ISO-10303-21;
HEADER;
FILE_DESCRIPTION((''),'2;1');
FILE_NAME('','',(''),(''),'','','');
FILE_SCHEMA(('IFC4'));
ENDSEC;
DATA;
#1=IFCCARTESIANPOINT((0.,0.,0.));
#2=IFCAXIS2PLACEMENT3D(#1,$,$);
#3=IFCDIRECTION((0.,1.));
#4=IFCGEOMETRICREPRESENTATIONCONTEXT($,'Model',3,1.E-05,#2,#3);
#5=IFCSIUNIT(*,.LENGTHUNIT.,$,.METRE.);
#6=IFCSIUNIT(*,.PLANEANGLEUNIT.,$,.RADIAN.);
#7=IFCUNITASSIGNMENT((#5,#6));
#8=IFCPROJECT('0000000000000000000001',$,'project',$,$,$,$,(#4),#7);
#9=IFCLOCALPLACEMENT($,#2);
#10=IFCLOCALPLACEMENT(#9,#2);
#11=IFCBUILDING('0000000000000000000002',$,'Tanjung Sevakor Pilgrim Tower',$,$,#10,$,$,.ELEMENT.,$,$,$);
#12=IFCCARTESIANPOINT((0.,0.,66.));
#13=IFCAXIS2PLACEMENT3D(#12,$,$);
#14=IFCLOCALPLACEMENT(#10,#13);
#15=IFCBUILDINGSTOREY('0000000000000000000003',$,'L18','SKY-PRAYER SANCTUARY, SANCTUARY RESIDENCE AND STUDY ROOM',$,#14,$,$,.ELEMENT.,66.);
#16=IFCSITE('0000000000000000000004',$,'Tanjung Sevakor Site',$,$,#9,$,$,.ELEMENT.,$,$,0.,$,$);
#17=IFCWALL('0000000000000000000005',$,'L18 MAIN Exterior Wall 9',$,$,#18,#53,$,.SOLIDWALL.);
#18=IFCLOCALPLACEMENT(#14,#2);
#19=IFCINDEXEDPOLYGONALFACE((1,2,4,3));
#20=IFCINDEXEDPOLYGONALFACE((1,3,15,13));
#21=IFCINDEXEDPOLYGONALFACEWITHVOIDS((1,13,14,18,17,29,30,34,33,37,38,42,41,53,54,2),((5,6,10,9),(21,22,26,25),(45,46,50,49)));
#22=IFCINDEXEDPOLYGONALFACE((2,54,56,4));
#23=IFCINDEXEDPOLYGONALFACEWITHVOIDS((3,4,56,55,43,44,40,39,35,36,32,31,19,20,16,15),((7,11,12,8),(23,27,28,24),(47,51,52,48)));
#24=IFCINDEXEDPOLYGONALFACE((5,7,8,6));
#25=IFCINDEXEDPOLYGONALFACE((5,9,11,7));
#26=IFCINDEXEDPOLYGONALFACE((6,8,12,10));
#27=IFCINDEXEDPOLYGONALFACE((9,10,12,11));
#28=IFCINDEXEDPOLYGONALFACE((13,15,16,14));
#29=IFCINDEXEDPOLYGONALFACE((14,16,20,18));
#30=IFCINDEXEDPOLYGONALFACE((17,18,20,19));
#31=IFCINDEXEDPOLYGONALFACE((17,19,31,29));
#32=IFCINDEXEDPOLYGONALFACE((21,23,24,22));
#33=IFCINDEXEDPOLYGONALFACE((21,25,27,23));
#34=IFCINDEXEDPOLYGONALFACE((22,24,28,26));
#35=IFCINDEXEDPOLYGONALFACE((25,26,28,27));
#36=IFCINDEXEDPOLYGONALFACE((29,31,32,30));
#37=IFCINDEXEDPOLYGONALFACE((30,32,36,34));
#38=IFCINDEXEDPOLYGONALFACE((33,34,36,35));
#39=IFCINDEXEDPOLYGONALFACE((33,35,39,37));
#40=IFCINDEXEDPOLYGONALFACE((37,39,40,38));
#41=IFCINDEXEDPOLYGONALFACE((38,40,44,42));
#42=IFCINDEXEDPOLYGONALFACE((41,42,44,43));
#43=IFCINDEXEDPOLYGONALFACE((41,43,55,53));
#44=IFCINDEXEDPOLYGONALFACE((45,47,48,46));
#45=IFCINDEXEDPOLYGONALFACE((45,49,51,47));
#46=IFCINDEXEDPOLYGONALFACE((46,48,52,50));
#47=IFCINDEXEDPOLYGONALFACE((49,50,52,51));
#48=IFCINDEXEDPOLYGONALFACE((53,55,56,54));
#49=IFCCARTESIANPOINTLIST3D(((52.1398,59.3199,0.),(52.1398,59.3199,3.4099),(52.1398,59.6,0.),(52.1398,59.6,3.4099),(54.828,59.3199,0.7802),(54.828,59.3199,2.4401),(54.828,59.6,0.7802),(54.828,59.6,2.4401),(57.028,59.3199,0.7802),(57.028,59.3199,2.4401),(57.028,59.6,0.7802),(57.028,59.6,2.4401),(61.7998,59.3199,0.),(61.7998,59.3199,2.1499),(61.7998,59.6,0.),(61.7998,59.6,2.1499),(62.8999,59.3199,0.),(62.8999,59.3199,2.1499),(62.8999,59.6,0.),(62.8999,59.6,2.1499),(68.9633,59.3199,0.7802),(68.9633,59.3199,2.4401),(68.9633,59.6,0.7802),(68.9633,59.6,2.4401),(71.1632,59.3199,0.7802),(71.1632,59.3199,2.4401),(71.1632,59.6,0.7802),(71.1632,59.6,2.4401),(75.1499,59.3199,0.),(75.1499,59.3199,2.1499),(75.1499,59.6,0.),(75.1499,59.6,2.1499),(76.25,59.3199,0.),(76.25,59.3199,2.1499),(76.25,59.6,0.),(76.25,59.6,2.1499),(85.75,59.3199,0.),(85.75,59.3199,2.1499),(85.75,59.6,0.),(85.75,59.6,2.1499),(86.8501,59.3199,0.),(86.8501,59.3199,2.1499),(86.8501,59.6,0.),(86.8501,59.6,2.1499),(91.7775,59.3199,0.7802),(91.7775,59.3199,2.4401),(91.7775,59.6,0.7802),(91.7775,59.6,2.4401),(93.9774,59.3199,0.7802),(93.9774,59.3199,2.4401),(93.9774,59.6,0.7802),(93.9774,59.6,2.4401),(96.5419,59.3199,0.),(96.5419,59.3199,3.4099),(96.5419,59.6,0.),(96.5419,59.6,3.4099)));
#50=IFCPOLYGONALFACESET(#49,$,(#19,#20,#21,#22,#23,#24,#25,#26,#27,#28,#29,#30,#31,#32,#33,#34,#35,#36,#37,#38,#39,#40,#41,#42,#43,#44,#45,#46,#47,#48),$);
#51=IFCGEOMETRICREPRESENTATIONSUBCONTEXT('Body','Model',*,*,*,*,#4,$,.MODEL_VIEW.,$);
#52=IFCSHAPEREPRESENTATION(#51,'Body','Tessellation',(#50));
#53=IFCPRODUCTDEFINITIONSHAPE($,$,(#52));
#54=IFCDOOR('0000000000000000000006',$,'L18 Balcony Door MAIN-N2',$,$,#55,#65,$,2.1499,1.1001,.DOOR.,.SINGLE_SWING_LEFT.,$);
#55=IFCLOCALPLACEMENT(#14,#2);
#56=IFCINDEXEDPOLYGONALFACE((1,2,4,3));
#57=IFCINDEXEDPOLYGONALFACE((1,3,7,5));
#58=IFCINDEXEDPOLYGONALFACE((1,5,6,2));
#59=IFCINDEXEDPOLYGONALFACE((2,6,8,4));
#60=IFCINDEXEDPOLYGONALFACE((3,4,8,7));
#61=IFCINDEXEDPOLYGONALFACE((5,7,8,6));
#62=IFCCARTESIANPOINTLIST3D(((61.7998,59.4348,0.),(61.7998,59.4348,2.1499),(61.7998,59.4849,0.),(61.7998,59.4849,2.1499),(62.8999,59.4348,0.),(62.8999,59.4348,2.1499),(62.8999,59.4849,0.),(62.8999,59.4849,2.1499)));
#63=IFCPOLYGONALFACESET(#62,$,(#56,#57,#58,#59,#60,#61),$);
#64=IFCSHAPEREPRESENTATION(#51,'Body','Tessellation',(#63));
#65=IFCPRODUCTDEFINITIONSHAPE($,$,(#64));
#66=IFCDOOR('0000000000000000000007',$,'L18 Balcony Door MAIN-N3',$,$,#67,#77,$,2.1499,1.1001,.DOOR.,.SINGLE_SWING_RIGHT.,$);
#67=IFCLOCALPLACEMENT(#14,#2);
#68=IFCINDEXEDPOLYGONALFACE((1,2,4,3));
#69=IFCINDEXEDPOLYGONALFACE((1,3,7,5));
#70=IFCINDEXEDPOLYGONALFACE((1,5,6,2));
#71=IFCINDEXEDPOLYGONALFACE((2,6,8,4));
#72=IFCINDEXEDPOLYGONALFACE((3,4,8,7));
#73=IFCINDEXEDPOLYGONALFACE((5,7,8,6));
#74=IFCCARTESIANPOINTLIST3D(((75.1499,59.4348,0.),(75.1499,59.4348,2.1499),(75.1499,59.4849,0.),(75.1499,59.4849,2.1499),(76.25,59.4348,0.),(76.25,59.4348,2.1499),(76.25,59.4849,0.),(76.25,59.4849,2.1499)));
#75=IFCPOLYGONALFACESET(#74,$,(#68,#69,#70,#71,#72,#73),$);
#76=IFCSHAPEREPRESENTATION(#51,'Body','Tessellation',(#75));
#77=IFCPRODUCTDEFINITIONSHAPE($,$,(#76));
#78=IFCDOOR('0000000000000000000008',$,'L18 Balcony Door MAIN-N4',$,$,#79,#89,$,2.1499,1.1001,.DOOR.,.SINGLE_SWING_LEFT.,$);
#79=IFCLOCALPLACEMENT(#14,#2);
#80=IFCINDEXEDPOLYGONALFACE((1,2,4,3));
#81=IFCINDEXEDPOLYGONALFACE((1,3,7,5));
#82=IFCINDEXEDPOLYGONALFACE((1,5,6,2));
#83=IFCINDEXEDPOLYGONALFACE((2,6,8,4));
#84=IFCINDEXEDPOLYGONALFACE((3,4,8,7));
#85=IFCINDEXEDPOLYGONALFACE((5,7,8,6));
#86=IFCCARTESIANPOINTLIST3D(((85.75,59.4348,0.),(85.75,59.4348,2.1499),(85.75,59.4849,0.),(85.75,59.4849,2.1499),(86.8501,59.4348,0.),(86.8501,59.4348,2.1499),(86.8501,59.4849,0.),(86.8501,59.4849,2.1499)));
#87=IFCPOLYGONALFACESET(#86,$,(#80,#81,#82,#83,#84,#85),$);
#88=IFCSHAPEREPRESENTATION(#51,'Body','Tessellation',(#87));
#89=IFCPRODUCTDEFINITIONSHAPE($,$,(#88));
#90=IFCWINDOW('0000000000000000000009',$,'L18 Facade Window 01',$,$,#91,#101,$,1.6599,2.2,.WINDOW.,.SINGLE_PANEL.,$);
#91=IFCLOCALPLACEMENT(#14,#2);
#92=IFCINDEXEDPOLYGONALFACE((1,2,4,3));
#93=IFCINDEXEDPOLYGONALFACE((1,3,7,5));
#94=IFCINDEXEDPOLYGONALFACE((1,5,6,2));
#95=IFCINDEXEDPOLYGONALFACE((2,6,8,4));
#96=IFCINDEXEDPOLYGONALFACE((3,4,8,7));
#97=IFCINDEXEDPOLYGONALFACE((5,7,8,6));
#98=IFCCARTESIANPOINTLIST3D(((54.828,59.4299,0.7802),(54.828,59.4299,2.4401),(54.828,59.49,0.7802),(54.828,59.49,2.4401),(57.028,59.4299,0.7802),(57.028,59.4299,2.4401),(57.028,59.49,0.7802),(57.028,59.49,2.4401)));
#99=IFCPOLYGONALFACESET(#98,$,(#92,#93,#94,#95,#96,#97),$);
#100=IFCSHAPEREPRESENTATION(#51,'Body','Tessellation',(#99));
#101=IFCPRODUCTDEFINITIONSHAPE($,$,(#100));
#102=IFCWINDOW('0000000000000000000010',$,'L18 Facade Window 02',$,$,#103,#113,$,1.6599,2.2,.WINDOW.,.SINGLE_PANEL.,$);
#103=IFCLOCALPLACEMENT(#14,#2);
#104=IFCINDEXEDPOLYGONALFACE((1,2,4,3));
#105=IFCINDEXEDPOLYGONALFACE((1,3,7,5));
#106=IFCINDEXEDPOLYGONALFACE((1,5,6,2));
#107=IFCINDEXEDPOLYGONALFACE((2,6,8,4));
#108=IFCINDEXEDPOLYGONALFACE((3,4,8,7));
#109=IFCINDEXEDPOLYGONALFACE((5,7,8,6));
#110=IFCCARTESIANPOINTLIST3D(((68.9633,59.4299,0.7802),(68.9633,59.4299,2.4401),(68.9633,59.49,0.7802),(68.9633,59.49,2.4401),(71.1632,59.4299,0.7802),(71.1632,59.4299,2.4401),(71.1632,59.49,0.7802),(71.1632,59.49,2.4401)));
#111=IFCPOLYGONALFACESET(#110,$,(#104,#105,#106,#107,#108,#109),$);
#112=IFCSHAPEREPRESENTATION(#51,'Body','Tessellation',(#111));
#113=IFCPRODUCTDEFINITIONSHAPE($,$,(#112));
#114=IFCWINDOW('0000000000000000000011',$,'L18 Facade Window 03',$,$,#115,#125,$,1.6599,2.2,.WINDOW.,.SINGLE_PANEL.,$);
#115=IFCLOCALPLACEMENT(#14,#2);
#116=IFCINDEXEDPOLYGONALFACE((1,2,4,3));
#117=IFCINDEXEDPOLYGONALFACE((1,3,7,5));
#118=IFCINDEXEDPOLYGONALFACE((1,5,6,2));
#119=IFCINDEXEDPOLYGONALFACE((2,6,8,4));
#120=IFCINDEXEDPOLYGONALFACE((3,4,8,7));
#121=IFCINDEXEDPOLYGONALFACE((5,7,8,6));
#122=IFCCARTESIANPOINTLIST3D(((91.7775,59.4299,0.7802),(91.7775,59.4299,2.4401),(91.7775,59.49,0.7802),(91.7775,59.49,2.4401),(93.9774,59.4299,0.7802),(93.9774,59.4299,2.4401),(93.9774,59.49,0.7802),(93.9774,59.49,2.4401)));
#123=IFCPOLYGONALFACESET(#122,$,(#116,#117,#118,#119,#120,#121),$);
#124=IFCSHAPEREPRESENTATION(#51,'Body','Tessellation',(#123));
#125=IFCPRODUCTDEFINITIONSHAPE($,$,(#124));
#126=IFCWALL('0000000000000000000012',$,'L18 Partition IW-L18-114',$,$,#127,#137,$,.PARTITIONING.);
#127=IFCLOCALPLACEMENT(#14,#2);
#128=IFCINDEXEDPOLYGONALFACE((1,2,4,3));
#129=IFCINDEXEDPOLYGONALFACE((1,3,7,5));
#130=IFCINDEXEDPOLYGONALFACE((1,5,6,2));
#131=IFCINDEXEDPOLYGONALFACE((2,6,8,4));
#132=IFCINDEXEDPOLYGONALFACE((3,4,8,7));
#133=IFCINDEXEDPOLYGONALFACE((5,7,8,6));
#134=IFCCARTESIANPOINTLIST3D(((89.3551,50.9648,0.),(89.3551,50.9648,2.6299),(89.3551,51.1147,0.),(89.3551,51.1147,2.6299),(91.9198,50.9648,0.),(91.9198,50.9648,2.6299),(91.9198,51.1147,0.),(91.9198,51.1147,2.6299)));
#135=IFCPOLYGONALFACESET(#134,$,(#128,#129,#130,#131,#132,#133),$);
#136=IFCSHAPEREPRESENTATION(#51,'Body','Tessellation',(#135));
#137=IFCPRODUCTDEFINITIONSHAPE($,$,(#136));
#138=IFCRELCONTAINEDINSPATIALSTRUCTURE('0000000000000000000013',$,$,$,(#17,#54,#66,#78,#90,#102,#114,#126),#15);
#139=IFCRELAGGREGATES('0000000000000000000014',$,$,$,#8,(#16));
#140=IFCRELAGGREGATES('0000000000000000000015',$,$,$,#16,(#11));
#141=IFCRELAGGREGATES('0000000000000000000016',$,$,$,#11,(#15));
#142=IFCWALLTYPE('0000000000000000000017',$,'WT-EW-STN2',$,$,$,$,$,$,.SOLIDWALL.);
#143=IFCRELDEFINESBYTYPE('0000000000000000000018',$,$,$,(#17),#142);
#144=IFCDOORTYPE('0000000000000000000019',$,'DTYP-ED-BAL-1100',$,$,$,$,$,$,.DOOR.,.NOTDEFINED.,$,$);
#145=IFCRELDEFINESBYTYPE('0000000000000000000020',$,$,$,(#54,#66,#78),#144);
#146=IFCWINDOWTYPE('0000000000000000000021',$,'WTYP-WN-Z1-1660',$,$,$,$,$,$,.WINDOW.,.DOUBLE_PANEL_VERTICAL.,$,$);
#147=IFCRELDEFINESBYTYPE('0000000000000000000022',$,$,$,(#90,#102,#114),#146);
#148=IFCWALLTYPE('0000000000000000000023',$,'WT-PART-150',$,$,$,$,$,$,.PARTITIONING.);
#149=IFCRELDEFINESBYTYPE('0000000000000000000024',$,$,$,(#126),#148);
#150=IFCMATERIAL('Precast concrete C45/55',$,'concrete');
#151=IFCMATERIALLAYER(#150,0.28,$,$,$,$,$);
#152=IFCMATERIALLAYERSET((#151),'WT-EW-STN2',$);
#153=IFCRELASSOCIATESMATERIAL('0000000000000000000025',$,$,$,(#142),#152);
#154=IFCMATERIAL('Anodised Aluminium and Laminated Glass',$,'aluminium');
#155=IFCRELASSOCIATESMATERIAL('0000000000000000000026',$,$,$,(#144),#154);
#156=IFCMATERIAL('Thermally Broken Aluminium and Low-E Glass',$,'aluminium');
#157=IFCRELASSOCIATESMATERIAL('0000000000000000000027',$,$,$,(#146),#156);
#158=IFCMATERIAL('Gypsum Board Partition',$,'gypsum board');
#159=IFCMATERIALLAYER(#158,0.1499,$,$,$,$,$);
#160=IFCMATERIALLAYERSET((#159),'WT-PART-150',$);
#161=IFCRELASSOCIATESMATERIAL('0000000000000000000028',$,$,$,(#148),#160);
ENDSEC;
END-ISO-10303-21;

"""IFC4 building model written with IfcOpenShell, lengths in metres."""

from ifc_helpers import new_model, si_unit, direction, frame, frame_2d, origin, place, context, subcontext, project, spatial, rectangle, extrude, material, layer, layer_set, type_object, element, fill, save


model = new_model("IFC4")

# Units and contexts
model_context = context("Model", 3, precision=1e-05, world=origin(), true_north=direction((0.0, 1.0)))
body_context = subcontext(model_context, "Body", "Model", "MODEL_VIEW")
ifc_project = project(units=[si_unit("LENGTHUNIT", "METRE"), si_unit("PLANEANGLEUNIT", "RADIAN")], contexts=[model_context])

# Site, building, storey
site_placement = place(None, origin())
site = spatial("IfcSite", under=ifc_project, at=site_placement, Name="Tanjung Sevakor Site", CompositionType="ELEMENT", RefElevation=0.0)
building_placement = place(site_placement, origin())
building = spatial("IfcBuilding", under=site, at=building_placement, Name="Tanjung Sevakor Pilgrim Tower", CompositionType="ELEMENT")
storey_placement = place(building_placement, frame((0.0, 0.0, 66.0)))
storey = spatial("IfcBuildingStorey", under=building, at=storey_placement, Name="L18", Description="SKY-PRAYER SANCTUARY, SANCTUARY RESIDENCE AND STUDY ROOM", CompositionType="ELEMENT", Elevation=66.0)

# Shared definitions
ifc_material_1 = material(Name="Precast concrete C45/55", Category="concrete")
ifc_layer_1 = layer(ifc_material_1, 0.28)
ifc_layer_set_1 = layer_set([ifc_layer_1], Name="WT-EW-STN2")
wall_type_1 = type_object("IfcWallType", Name="WT-EW-STN2", PredefinedType="SOLIDWALL", material=ifc_layer_set_1)

# Wall, openings, doors, windows
wall_1_placement = place(storey_placement, frame((96.542, 59.46, 0.0), z_axis=(0.0, 0.0, 1.0), x_axis=(-1.0, 0.0, 0.0)))
wall_1 = element("IfcWall", 1, at=wall_1_placement, inside=storey, type_object=wall_type_1, Name="L18 MAIN Exterior Wall 9", PredefinedType="SOLIDWALL", context=body_context, shape_type="SweptSolid", body=[
    extrude(rectangle(XDim=44.4021, YDim=0.28, at=frame_2d((22.2012, 0.0))), origin(), (0.0, 0.0, 1.0), 3.4099),
])
opening_1_placement = place(wall_1_placement, frame((33.6421, 0.0, 0.0)))
opening_1 = element("IfcOpeningElement", 2, at=opening_1_placement, cuts=wall_1, PredefinedType="OPENING", context=body_context, shape_type="SweptSolid", body=[
    extrude(rectangle(XDim=1.1001, YDim=2.1499, at=frame_2d((0.55, 1.075))), frame((0.0, 0.1499, 0.0), z_axis=(0.0, -1.0, 0.0), x_axis=(1.0, 0.0, 0.0)), (0.0, 0.0, 1.0), 0.3),
])
opening_2_placement = place(wall_1_placement, frame((20.292, 0.0, 0.0)))
opening_2 = element("IfcOpeningElement", 3, at=opening_2_placement, cuts=wall_1, PredefinedType="OPENING", context=body_context, shape_type="SweptSolid", body=[
    extrude(rectangle(XDim=1.1001, YDim=2.1499, at=frame_2d((0.55, 1.075))), frame((0.0, 0.1499, 0.0), z_axis=(0.0, -1.0, 0.0), x_axis=(1.0, 0.0, 0.0)), (0.0, 0.0, 1.0), 0.3),
])
opening_3_placement = place(wall_1_placement, frame((9.6919, 0.0, 0.0)))
opening_3 = element("IfcOpeningElement", 4, at=opening_3_placement, cuts=wall_1, PredefinedType="OPENING", context=body_context, shape_type="SweptSolid", body=[
    extrude(rectangle(XDim=1.1001, YDim=2.1499, at=frame_2d((0.55, 1.075))), frame((0.0, 0.1499, 0.0), z_axis=(0.0, -1.0, 0.0), x_axis=(1.0, 0.0, 0.0)), (0.0, 0.0, 1.0), 0.3),
])
opening_4_placement = place(wall_1_placement, frame((39.5139, 0.0, 0.78)))
opening_4 = element("IfcOpeningElement", 5, at=opening_4_placement, cuts=wall_1, PredefinedType="OPENING", context=body_context, shape_type="SweptSolid", body=[
    extrude(rectangle(XDim=2.2, YDim=1.6599, at=frame_2d((1.1001, 0.8301))), frame((0.0, 0.1499, 0.0), z_axis=(0.0, -1.0, 0.0), x_axis=(1.0, 0.0, 0.0)), (0.0, 0.0, 1.0), 0.3),
])
opening_5_placement = place(wall_1_placement, frame((25.3787, 0.0, 0.78)))
opening_5 = element("IfcOpeningElement", 6, at=opening_5_placement, cuts=wall_1, PredefinedType="OPENING", context=body_context, shape_type="SweptSolid", body=[
    extrude(rectangle(XDim=2.2, YDim=1.6599, at=frame_2d((1.1001, 0.8301))), frame((0.0, 0.1499, 0.0), z_axis=(0.0, -1.0, 0.0), x_axis=(1.0, 0.0, 0.0)), (0.0, 0.0, 1.0), 0.3),
])
opening_6_placement = place(wall_1_placement, frame((2.5645, 0.0, 0.78)))
opening_6 = element("IfcOpeningElement", 7, at=opening_6_placement, cuts=wall_1, PredefinedType="OPENING", context=body_context, shape_type="SweptSolid", body=[
    extrude(rectangle(XDim=2.2, YDim=1.6599, at=frame_2d((1.1001, 0.8301))), frame((0.0, 0.1499, 0.0), z_axis=(0.0, -1.0, 0.0), x_axis=(1.0, 0.0, 0.0)), (0.0, 0.0, 1.0), 0.3),
])
ifc_material_2 = material(Name="Anodised Aluminium and Laminated Glass", Category="aluminium")
door_type_1 = type_object("IfcDoorType", Name="DTYP-ED-BAL-1100", OperationType="NOTDEFINED", PredefinedType="DOOR", material=ifc_material_2)
door_1_placement = place(opening_1_placement, frame((1.1001, 0.0, 0.0), z_axis=(0.0, 0.0, 1.0), x_axis=(-1.0, 0.0, 0.0)))
door_1 = element("IfcDoor", 8, at=door_1_placement, inside=storey, type_object=door_type_1, Name="L18 Balcony Door MAIN-N2", OperationType="SINGLE_SWING_LEFT", OverallHeight=2.1499, OverallWidth=1.1001, PredefinedType="DOOR", context=body_context, shape_type="SweptSolid", body=[
    extrude(rectangle(XDim=1.1001, YDim=2.1499, at=frame_2d((0.55, 1.075))), frame((0.0, 0.0249, 0.0), z_axis=(0.0, -1.0, 0.0), x_axis=(1.0, 0.0, 0.0)), (0.0, 0.0, 1.0), 0.05),
])
fill(opening_1, door_1)
door_2_placement = place(opening_2_placement, frame((1.1001, 0.0, 0.0), z_axis=(0.0, 0.0, 1.0), x_axis=(-1.0, 0.0, 0.0)))
door_2 = element("IfcDoor", 9, at=door_2_placement, inside=storey, type_object=door_type_1, Name="L18 Balcony Door MAIN-N3", OperationType="SINGLE_SWING_RIGHT", OverallHeight=2.1499, OverallWidth=1.1001, PredefinedType="DOOR", context=body_context, shape_type="SweptSolid", body=[
    extrude(rectangle(XDim=1.1001, YDim=2.1499, at=frame_2d((0.55, 1.075))), frame((0.0, 0.0249, 0.0), z_axis=(0.0, -1.0, 0.0), x_axis=(1.0, 0.0, 0.0)), (0.0, 0.0, 1.0), 0.05),
])
fill(opening_2, door_2)
door_3_placement = place(opening_3_placement, frame((1.1001, 0.0, 0.0), z_axis=(0.0, 0.0, 1.0), x_axis=(-1.0, 0.0, 0.0)))
door_3 = element("IfcDoor", 10, at=door_3_placement, inside=storey, type_object=door_type_1, Name="L18 Balcony Door MAIN-N4", OperationType="SINGLE_SWING_LEFT", OverallHeight=2.1499, OverallWidth=1.1001, PredefinedType="DOOR", context=body_context, shape_type="SweptSolid", body=[
    extrude(rectangle(XDim=1.1001, YDim=2.1499, at=frame_2d((0.55, 1.075))), frame((0.0, 0.0249, 0.0), z_axis=(0.0, -1.0, 0.0), x_axis=(1.0, 0.0, 0.0)), (0.0, 0.0, 1.0), 0.05),
])
fill(opening_3, door_3)
ifc_material_3 = material(Name="Thermally Broken Aluminium and Low-E Glass", Category="aluminium")
window_type_1 = type_object("IfcWindowType", Name="WTYP-WN-Z1-1660", PartitioningType="DOUBLE_PANEL_VERTICAL", PredefinedType="WINDOW", material=ifc_material_3)
window_1_placement = place(opening_4_placement, origin())
window_1 = element("IfcWindow", 11, at=window_1_placement, inside=storey, type_object=window_type_1, Name="L18 Facade Window 01", OverallHeight=1.6599, OverallWidth=2.2, PartitioningType="SINGLE_PANEL", PredefinedType="WINDOW", context=body_context, shape_type="SweptSolid", body=[
    extrude(rectangle(XDim=2.2, YDim=1.6599, at=frame_2d((1.1001, 0.8301))), frame((0.0, 0.03, 0.0), z_axis=(0.0, -1.0, 0.0), x_axis=(1.0, 0.0, 0.0)), (0.0, 0.0, 1.0), 0.0601),
])
fill(opening_4, window_1)
window_2_placement = place(opening_5_placement, origin())
window_2 = element("IfcWindow", 12, at=window_2_placement, inside=storey, type_object=window_type_1, Name="L18 Facade Window 02", OverallHeight=1.6599, OverallWidth=2.2, PartitioningType="SINGLE_PANEL", PredefinedType="WINDOW", context=body_context, shape_type="SweptSolid", body=[
    extrude(rectangle(XDim=2.2, YDim=1.6599, at=frame_2d((1.1001, 0.8301))), frame((0.0, 0.03, 0.0), z_axis=(0.0, -1.0, 0.0), x_axis=(1.0, 0.0, 0.0)), (0.0, 0.0, 1.0), 0.0601),
])
fill(opening_5, window_2)
window_3_placement = place(opening_6_placement, origin())
window_3 = element("IfcWindow", 13, at=window_3_placement, inside=storey, type_object=window_type_1, Name="L18 Facade Window 03", OverallHeight=1.6599, OverallWidth=2.2, PartitioningType="SINGLE_PANEL", PredefinedType="WINDOW", context=body_context, shape_type="SweptSolid", body=[
    extrude(rectangle(XDim=2.2, YDim=1.6599, at=frame_2d((1.1001, 0.8301))), frame((0.0, 0.03, 0.0), z_axis=(0.0, -1.0, 0.0), x_axis=(1.0, 0.0, 0.0)), (0.0, 0.0, 1.0), 0.0601),
])
fill(opening_6, window_3)

# Wall
ifc_material_4 = material(Name="Gypsum Board Partition", Category="gypsum board")
ifc_layer_2 = layer(ifc_material_4, 0.1499)
ifc_layer_set_2 = layer_set([ifc_layer_2], Name="WT-PART-150")
wall_type_2 = type_object("IfcWallType", Name="WT-PART-150", PredefinedType="PARTITIONING", material=ifc_layer_set_2)
wall_2_placement = place(storey_placement, frame((89.3552, 51.0398, 0.0), z_axis=(0.0, 0.0, 1.0), x_axis=(1.0, 0.0, 0.0)))
element("IfcWall", 14, at=wall_2_placement, inside=storey, type_object=wall_type_2, Name="L18 Partition IW-L18-114", PredefinedType="PARTITIONING", context=body_context, shape_type="SweptSolid", body=[
    extrude(rectangle(XDim=2.5647, YDim=0.1499, at=frame_2d((1.2822, 0.0))), origin(), (0.0, 0.0, 1.0), 2.6299),
])

save(model, "model.ifc")
